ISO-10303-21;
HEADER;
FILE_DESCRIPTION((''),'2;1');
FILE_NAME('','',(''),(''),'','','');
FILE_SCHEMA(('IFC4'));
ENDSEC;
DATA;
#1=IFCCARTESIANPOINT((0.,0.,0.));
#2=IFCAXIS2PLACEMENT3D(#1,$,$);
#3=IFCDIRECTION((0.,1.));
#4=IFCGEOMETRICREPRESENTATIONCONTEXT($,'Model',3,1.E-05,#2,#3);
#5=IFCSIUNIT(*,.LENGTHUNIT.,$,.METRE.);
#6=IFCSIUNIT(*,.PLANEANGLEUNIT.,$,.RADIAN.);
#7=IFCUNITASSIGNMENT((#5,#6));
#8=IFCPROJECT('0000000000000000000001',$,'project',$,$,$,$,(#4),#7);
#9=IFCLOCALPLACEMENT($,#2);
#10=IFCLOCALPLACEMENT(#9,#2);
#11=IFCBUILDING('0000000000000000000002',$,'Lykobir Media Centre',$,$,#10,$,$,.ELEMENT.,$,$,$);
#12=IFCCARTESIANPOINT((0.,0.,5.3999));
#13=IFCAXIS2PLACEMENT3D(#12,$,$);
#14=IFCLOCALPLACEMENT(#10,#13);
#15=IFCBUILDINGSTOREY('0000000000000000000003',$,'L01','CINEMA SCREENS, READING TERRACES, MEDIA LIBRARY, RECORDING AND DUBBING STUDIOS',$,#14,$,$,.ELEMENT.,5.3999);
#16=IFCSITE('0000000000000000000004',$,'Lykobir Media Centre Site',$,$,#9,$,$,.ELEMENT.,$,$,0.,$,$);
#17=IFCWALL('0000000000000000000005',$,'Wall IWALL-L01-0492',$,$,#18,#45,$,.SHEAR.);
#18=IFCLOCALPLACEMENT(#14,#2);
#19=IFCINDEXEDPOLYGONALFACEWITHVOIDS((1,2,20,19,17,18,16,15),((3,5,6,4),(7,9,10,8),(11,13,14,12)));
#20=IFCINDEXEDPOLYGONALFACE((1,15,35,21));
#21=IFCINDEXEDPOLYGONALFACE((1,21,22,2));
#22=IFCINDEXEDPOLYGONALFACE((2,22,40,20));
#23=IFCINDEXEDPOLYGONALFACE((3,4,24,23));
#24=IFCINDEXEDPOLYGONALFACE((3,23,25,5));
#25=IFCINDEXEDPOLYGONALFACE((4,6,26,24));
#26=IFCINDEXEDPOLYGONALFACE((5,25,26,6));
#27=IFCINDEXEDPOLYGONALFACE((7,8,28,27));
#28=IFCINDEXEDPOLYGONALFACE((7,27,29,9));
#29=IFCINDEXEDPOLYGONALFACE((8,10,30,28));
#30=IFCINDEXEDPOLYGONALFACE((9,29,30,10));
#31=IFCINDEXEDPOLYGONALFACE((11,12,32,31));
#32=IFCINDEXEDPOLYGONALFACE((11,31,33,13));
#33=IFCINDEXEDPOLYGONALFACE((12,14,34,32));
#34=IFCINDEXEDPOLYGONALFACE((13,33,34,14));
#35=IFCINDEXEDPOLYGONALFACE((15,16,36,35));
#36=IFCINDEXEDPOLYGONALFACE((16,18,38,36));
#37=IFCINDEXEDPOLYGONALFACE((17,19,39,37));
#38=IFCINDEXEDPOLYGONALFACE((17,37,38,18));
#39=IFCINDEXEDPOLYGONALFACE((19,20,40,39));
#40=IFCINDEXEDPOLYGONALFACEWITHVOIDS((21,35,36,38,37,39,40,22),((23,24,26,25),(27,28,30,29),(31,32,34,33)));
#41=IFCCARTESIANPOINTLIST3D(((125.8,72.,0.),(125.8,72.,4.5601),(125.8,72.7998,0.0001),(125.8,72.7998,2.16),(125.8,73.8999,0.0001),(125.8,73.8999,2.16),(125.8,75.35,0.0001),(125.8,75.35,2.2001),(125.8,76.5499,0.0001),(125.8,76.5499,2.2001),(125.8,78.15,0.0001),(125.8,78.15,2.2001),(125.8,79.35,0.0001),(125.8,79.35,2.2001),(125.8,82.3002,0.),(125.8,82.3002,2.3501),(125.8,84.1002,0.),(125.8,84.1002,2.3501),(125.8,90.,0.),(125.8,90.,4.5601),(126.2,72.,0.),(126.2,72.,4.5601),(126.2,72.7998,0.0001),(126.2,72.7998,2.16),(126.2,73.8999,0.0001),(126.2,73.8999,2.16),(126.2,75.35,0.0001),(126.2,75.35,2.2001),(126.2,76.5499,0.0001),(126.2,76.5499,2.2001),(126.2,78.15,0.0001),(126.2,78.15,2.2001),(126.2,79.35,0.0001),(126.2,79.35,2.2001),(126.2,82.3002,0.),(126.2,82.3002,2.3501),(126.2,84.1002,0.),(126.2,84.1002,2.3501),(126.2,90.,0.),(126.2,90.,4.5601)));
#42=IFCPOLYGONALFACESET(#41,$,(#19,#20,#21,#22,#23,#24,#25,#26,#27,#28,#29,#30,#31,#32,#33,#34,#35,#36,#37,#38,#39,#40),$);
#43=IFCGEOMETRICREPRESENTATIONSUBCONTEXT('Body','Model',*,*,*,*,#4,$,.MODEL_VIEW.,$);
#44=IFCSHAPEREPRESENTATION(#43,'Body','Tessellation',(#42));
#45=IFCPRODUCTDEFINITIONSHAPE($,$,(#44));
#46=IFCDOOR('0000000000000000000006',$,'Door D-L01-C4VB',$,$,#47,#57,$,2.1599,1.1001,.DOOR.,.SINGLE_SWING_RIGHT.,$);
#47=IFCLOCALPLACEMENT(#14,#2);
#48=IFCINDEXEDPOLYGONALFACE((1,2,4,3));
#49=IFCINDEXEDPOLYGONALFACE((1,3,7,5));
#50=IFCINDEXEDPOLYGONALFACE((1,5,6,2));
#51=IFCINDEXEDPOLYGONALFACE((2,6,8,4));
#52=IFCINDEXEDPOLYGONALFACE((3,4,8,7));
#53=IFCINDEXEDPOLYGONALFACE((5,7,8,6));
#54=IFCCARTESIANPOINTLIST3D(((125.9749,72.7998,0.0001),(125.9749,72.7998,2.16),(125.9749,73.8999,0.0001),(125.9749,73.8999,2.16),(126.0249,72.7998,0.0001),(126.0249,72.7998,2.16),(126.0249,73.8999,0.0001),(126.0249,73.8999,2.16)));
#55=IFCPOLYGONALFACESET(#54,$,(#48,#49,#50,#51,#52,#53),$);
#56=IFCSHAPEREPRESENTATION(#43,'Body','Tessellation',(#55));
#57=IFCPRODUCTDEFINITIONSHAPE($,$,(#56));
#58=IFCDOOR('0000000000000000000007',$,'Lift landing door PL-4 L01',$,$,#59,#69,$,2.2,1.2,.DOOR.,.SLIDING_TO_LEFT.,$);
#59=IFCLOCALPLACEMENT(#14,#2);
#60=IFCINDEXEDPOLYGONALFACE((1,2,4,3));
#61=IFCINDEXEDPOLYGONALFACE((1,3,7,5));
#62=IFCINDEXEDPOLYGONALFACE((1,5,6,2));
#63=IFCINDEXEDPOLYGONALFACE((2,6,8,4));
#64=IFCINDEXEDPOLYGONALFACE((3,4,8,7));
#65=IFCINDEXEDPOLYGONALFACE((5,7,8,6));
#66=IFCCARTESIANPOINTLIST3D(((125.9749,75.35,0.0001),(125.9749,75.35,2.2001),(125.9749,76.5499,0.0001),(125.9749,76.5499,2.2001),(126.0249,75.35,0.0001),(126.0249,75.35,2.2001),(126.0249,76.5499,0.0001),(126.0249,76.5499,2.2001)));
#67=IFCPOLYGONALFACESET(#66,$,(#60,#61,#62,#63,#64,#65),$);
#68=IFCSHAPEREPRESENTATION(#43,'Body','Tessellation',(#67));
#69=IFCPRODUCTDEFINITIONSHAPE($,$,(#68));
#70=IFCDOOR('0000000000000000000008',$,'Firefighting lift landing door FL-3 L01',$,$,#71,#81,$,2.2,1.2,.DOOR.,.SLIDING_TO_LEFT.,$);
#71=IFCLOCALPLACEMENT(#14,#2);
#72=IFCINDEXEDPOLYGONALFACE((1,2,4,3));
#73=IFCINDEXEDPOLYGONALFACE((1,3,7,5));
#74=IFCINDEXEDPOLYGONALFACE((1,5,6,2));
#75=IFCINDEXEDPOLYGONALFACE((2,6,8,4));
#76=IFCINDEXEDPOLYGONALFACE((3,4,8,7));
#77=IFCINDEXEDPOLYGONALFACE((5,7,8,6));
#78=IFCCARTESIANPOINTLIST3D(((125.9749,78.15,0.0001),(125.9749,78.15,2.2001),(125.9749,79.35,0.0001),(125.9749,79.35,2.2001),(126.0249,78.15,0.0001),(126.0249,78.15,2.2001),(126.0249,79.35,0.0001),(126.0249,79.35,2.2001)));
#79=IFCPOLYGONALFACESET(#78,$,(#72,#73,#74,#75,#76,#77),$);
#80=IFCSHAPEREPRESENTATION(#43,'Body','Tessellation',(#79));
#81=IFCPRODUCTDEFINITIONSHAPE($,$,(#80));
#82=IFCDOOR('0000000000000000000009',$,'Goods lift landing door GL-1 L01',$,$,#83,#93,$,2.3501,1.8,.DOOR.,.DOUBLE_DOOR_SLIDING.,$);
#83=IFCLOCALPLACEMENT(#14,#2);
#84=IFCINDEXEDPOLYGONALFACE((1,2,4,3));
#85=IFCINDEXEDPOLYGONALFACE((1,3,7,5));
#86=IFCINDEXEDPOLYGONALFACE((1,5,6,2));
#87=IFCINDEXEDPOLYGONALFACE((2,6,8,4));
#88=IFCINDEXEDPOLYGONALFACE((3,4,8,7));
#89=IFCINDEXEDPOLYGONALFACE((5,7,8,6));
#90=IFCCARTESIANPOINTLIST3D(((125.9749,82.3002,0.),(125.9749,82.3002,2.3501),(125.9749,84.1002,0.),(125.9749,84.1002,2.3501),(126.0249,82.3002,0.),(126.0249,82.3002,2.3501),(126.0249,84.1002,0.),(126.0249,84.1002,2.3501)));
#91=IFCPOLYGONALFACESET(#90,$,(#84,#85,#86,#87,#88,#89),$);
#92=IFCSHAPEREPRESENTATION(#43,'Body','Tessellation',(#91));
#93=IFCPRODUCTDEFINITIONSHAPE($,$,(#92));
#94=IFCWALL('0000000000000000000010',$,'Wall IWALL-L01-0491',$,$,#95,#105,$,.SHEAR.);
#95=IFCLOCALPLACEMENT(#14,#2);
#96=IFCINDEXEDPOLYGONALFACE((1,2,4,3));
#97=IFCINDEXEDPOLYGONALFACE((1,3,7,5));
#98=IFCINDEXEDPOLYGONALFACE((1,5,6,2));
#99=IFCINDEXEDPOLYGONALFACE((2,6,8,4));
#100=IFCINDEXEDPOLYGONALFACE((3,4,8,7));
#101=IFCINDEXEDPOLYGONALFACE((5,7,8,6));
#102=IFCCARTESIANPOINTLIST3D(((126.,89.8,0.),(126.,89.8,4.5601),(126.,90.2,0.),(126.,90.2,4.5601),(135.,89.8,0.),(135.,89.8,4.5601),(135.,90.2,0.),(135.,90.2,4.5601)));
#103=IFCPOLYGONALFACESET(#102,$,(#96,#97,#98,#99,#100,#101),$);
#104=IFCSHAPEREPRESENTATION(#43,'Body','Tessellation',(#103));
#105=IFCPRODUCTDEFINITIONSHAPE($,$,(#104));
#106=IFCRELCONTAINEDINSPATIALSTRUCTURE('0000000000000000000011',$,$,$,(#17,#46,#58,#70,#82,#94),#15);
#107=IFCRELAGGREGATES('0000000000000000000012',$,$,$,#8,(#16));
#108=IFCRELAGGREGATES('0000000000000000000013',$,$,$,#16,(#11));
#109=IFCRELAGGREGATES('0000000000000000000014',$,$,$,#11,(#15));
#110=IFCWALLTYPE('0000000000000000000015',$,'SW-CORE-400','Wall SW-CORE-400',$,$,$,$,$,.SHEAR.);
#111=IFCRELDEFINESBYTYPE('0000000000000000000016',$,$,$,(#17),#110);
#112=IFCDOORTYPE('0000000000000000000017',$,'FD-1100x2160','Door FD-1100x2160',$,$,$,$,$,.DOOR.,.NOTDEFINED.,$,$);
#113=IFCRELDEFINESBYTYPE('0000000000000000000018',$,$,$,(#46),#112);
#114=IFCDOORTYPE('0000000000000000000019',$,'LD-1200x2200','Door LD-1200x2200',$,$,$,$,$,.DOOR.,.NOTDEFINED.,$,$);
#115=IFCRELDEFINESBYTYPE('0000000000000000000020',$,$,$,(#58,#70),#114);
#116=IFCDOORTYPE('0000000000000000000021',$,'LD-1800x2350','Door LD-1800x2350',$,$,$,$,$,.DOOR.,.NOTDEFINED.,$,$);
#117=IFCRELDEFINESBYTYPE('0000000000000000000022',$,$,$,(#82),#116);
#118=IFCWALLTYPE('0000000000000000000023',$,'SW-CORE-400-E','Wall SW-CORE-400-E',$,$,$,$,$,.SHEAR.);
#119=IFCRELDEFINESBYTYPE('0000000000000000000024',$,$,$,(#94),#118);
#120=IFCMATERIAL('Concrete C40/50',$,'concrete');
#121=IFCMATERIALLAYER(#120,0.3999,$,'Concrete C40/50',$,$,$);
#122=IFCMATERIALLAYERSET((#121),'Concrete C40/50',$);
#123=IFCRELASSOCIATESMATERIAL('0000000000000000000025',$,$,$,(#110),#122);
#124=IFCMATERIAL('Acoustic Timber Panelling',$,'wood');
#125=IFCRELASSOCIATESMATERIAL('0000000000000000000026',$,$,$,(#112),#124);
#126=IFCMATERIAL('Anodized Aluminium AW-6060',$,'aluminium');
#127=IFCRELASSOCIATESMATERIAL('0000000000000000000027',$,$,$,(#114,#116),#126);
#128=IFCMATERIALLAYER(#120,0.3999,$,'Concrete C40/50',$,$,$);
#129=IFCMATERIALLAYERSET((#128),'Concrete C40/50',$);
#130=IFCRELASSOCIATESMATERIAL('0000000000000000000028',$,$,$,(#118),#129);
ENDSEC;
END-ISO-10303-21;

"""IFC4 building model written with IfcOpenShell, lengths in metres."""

from ifc_helpers import new_model, si_unit, direction, frame, frame_2d, origin, place, context, subcontext, project, spatial, rectangle, extrude, material, layer, layer_set, type_object, element, fill, save


model = new_model("IFC4")

# Units and contexts
model_context = context("Model", 3, precision=1e-05, world=origin(), true_north=direction((0.0, 1.0)))
body_context = subcontext(model_context, "Body", "Model", "MODEL_VIEW")
ifc_project = project(units=[si_unit("LENGTHUNIT", "METRE"), si_unit("PLANEANGLEUNIT", "RADIAN")], contexts=[model_context])

# Site, building, storey
site_placement = place(None, origin())
site = spatial("IfcSite", under=ifc_project, at=site_placement, Name="Lykobir Media Centre Site", CompositionType="ELEMENT", RefElevation=0.0)
building_placement = place(site_placement, origin())
building = spatial("IfcBuilding", under=site, at=building_placement, Name="Lykobir Media Centre", CompositionType="ELEMENT")
storey_placement = place(building_placement, frame((0.0, 0.0, 5.3999)))
storey = spatial("IfcBuildingStorey", under=building, at=storey_placement, Name="L01", Description="CINEMA SCREENS, READING TERRACES, MEDIA LIBRARY, RECORDING AND DUBBING STUDIOS", CompositionType="ELEMENT", Elevation=5.3999)

# Shared definitions
ifc_material_1 = material(Name="Concrete C40/50", Category="concrete")

# Wall, openings, doors
ifc_layer_1 = layer(ifc_material_1, 0.3999, Name="Concrete C40/50")
ifc_layer_set_1 = layer_set([ifc_layer_1], Name="Concrete C40/50")
wall_type_1 = type_object("IfcWallType", Name="SW-CORE-400", Description="Wall SW-CORE-400", PredefinedType="SHEAR", material=ifc_layer_set_1)
wall_1_placement = place(storey_placement, frame((126.0, 90.0, 0.0), z_axis=(0.0, 0.0, 1.0), x_axis=(0.0, -1.0, 0.0)))
wall_1 = element("IfcWall", 1, at=wall_1_placement, inside=storey, type_object=wall_type_1, Name="Wall IWALL-L01-0492", PredefinedType="SHEAR", context=body_context, shape_type="SweptSolid", body=[
    extrude(rectangle(XDim=18.0, YDim=0.3999, at=frame_2d((9.0, 0.0))), origin(), (0.0, 0.0, 1.0), 4.5601),
])
opening_1_placement = place(wall_1_placement, frame((16.1001, 0.0, 0.0)))
opening_1 = element("IfcOpeningElement", 2, at=opening_1_placement, cuts=wall_1, PredefinedType="OPENING", context=body_context, shape_type="SweptSolid", body=[
    extrude(rectangle(XDim=1.1001, YDim=2.1599, at=frame_2d((0.55, 1.0801))), frame((0.0, 0.21, 0.0), z_axis=(0.0, -1.0, 0.0), x_axis=(1.0, 0.0, 0.0)), (0.0, 0.0, 1.0), 0.4199),
])
opening_2_placement = place(wall_1_placement, frame((13.45, 0.0, 0.0)))
opening_2 = element("IfcOpeningElement", 3, at=opening_2_placement, cuts=wall_1, PredefinedType="OPENING", context=body_context, shape_type="SweptSolid", body=[
    extrude(rectangle(XDim=1.2, YDim=2.2, at=frame_2d((0.6001, 1.1001))), frame((0.0, 0.21, 0.0), z_axis=(0.0, -1.0, 0.0), x_axis=(1.0, 0.0, 0.0)), (0.0, 0.0, 1.0), 0.4199),
])
opening_3_placement = place(wall_1_placement, frame((10.6499, 0.0, 0.0)))
opening_3 = element("IfcOpeningElement", 4, at=opening_3_placement, cuts=wall_1, PredefinedType="OPENING", context=body_context, shape_type="SweptSolid", body=[
    extrude(rectangle(XDim=1.2, YDim=2.2, at=frame_2d((0.6001, 1.1001))), frame((0.0, 0.21, 0.0), z_axis=(0.0, -1.0, 0.0), x_axis=(1.0, 0.0, 0.0)), (0.0, 0.0, 1.0), 0.4199),
])
opening_4_placement = place(wall_1_placement, frame((5.8999, 0.0, 0.0)))
opening_4 = element("IfcOpeningElement", 5, at=opening_4_placement, cuts=wall_1, PredefinedType="OPENING", context=body_context, shape_type="SweptSolid", body=[
    extrude(rectangle(XDim=1.8, YDim=2.3501, at=frame_2d((0.8999, 1.175))), frame((0.0, 0.21, 0.0), z_axis=(0.0, -1.0, 0.0), x_axis=(1.0, 0.0, 0.0)), (0.0, 0.0, 1.0), 0.4199),
])
ifc_material_2 = material(Name="Acoustic Timber Panelling", Category="wood")
door_type_1 = type_object("IfcDoorType", Name="FD-1100x2160", Description="Door FD-1100x2160", OperationType="NOTDEFINED", PredefinedType="DOOR", material=ifc_material_2)
door_1_placement = place(opening_1_placement, origin())
door_1 = element("IfcDoor", 6, at=door_1_placement, inside=storey, type_object=door_type_1, Name="Door D-L01-C4VB", OperationType="SINGLE_SWING_RIGHT", OverallHeight=2.1599, OverallWidth=1.1001, PredefinedType="DOOR", context=body_context, shape_type="SweptSolid", body=[
    extrude(rectangle(XDim=1.1001, YDim=2.1599, at=frame_2d((0.55, 1.0801))), frame((0.0, 0.0249, 0.0), z_axis=(0.0, -1.0, 0.0), x_axis=(1.0, 0.0, 0.0)), (0.0, 0.0, 1.0), 0.05),
])
fill(opening_1, door_1)
ifc_material_3 = material(Name="Anodized Aluminium AW-6060", Category="aluminium")
door_type_2 = type_object("IfcDoorType", Name="LD-1200x2200", Description="Door LD-1200x2200", OperationType="NOTDEFINED", PredefinedType="DOOR", material=ifc_material_3)
door_2_placement = place(opening_2_placement, origin())
door_2 = element("IfcDoor", 7, at=door_2_placement, inside=storey, type_object=door_type_2, Name="Lift landing door PL-4 L01", OperationType="SLIDING_TO_LEFT", OverallHeight=2.2, OverallWidth=1.2, PredefinedType="DOOR", context=body_context, shape_type="SweptSolid", body=[
    extrude(rectangle(XDim=1.2, YDim=2.2, at=frame_2d((0.6001, 1.1001))), frame((0.0, 0.0249, 0.0), z_axis=(0.0, -1.0, 0.0), x_axis=(1.0, 0.0, 0.0)), (0.0, 0.0, 1.0), 0.05),
])
fill(opening_2, door_2)
door_3_placement = place(opening_3_placement, origin())
door_3 = element("IfcDoor", 8, at=door_3_placement, inside=storey, type_object=door_type_2, Name="Firefighting lift landing door FL-3 L01", OperationType="SLIDING_TO_LEFT", OverallHeight=2.2, OverallWidth=1.2, PredefinedType="DOOR", context=body_context, shape_type="SweptSolid", body=[
    extrude(rectangle(XDim=1.2, YDim=2.2, at=frame_2d((0.6001, 1.1001))), frame((0.0, 0.0249, 0.0), z_axis=(0.0, -1.0, 0.0), x_axis=(1.0, 0.0, 0.0)), (0.0, 0.0, 1.0), 0.05),
])
fill(opening_3, door_3)
door_type_3 = type_object("IfcDoorType", Name="LD-1800x2350", Description="Door LD-1800x2350", OperationType="NOTDEFINED", PredefinedType="DOOR", material=ifc_material_3)
door_4_placement = place(opening_4_placement, origin())
door_4 = element("IfcDoor", 9, at=door_4_placement, inside=storey, type_object=door_type_3, Name="Goods lift landing door GL-1 L01", OperationType="DOUBLE_DOOR_SLIDING", OverallHeight=2.3501, OverallWidth=1.8, PredefinedType="DOOR", context=body_context, shape_type="SweptSolid", body=[
    extrude(rectangle(XDim=1.8, YDim=2.3501, at=frame_2d((0.8999, 1.175))), frame((0.0, 0.0249, 0.0), z_axis=(0.0, -1.0, 0.0), x_axis=(1.0, 0.0, 0.0)), (0.0, 0.0, 1.0), 0.05),
])
fill(opening_4, door_4)

# Wall
ifc_layer_2 = layer(ifc_material_1, 0.3999, Name="Concrete C40/50")
ifc_layer_set_2 = layer_set([ifc_layer_2], Name="Concrete C40/50")
wall_type_2 = type_object("IfcWallType", Name="SW-CORE-400-E", Description="Wall SW-CORE-400-E", PredefinedType="SHEAR", material=ifc_layer_set_2)
wall_2_placement = place(storey_placement, frame((135.0, 90.0, 0.0), z_axis=(0.0, 0.0, 1.0), x_axis=(-1.0, 0.0, 0.0)))
element("IfcWall", 10, at=wall_2_placement, inside=storey, type_object=wall_type_2, Name="Wall IWALL-L01-0491", PredefinedType="SHEAR", context=body_context, shape_type="SweptSolid", body=[
    extrude(rectangle(XDim=9.0, YDim=0.3999, at=frame_2d((4.5, 0.0))), origin(), (0.0, 0.0, 1.0), 4.5601),
])

save(model, "model.ifc")
